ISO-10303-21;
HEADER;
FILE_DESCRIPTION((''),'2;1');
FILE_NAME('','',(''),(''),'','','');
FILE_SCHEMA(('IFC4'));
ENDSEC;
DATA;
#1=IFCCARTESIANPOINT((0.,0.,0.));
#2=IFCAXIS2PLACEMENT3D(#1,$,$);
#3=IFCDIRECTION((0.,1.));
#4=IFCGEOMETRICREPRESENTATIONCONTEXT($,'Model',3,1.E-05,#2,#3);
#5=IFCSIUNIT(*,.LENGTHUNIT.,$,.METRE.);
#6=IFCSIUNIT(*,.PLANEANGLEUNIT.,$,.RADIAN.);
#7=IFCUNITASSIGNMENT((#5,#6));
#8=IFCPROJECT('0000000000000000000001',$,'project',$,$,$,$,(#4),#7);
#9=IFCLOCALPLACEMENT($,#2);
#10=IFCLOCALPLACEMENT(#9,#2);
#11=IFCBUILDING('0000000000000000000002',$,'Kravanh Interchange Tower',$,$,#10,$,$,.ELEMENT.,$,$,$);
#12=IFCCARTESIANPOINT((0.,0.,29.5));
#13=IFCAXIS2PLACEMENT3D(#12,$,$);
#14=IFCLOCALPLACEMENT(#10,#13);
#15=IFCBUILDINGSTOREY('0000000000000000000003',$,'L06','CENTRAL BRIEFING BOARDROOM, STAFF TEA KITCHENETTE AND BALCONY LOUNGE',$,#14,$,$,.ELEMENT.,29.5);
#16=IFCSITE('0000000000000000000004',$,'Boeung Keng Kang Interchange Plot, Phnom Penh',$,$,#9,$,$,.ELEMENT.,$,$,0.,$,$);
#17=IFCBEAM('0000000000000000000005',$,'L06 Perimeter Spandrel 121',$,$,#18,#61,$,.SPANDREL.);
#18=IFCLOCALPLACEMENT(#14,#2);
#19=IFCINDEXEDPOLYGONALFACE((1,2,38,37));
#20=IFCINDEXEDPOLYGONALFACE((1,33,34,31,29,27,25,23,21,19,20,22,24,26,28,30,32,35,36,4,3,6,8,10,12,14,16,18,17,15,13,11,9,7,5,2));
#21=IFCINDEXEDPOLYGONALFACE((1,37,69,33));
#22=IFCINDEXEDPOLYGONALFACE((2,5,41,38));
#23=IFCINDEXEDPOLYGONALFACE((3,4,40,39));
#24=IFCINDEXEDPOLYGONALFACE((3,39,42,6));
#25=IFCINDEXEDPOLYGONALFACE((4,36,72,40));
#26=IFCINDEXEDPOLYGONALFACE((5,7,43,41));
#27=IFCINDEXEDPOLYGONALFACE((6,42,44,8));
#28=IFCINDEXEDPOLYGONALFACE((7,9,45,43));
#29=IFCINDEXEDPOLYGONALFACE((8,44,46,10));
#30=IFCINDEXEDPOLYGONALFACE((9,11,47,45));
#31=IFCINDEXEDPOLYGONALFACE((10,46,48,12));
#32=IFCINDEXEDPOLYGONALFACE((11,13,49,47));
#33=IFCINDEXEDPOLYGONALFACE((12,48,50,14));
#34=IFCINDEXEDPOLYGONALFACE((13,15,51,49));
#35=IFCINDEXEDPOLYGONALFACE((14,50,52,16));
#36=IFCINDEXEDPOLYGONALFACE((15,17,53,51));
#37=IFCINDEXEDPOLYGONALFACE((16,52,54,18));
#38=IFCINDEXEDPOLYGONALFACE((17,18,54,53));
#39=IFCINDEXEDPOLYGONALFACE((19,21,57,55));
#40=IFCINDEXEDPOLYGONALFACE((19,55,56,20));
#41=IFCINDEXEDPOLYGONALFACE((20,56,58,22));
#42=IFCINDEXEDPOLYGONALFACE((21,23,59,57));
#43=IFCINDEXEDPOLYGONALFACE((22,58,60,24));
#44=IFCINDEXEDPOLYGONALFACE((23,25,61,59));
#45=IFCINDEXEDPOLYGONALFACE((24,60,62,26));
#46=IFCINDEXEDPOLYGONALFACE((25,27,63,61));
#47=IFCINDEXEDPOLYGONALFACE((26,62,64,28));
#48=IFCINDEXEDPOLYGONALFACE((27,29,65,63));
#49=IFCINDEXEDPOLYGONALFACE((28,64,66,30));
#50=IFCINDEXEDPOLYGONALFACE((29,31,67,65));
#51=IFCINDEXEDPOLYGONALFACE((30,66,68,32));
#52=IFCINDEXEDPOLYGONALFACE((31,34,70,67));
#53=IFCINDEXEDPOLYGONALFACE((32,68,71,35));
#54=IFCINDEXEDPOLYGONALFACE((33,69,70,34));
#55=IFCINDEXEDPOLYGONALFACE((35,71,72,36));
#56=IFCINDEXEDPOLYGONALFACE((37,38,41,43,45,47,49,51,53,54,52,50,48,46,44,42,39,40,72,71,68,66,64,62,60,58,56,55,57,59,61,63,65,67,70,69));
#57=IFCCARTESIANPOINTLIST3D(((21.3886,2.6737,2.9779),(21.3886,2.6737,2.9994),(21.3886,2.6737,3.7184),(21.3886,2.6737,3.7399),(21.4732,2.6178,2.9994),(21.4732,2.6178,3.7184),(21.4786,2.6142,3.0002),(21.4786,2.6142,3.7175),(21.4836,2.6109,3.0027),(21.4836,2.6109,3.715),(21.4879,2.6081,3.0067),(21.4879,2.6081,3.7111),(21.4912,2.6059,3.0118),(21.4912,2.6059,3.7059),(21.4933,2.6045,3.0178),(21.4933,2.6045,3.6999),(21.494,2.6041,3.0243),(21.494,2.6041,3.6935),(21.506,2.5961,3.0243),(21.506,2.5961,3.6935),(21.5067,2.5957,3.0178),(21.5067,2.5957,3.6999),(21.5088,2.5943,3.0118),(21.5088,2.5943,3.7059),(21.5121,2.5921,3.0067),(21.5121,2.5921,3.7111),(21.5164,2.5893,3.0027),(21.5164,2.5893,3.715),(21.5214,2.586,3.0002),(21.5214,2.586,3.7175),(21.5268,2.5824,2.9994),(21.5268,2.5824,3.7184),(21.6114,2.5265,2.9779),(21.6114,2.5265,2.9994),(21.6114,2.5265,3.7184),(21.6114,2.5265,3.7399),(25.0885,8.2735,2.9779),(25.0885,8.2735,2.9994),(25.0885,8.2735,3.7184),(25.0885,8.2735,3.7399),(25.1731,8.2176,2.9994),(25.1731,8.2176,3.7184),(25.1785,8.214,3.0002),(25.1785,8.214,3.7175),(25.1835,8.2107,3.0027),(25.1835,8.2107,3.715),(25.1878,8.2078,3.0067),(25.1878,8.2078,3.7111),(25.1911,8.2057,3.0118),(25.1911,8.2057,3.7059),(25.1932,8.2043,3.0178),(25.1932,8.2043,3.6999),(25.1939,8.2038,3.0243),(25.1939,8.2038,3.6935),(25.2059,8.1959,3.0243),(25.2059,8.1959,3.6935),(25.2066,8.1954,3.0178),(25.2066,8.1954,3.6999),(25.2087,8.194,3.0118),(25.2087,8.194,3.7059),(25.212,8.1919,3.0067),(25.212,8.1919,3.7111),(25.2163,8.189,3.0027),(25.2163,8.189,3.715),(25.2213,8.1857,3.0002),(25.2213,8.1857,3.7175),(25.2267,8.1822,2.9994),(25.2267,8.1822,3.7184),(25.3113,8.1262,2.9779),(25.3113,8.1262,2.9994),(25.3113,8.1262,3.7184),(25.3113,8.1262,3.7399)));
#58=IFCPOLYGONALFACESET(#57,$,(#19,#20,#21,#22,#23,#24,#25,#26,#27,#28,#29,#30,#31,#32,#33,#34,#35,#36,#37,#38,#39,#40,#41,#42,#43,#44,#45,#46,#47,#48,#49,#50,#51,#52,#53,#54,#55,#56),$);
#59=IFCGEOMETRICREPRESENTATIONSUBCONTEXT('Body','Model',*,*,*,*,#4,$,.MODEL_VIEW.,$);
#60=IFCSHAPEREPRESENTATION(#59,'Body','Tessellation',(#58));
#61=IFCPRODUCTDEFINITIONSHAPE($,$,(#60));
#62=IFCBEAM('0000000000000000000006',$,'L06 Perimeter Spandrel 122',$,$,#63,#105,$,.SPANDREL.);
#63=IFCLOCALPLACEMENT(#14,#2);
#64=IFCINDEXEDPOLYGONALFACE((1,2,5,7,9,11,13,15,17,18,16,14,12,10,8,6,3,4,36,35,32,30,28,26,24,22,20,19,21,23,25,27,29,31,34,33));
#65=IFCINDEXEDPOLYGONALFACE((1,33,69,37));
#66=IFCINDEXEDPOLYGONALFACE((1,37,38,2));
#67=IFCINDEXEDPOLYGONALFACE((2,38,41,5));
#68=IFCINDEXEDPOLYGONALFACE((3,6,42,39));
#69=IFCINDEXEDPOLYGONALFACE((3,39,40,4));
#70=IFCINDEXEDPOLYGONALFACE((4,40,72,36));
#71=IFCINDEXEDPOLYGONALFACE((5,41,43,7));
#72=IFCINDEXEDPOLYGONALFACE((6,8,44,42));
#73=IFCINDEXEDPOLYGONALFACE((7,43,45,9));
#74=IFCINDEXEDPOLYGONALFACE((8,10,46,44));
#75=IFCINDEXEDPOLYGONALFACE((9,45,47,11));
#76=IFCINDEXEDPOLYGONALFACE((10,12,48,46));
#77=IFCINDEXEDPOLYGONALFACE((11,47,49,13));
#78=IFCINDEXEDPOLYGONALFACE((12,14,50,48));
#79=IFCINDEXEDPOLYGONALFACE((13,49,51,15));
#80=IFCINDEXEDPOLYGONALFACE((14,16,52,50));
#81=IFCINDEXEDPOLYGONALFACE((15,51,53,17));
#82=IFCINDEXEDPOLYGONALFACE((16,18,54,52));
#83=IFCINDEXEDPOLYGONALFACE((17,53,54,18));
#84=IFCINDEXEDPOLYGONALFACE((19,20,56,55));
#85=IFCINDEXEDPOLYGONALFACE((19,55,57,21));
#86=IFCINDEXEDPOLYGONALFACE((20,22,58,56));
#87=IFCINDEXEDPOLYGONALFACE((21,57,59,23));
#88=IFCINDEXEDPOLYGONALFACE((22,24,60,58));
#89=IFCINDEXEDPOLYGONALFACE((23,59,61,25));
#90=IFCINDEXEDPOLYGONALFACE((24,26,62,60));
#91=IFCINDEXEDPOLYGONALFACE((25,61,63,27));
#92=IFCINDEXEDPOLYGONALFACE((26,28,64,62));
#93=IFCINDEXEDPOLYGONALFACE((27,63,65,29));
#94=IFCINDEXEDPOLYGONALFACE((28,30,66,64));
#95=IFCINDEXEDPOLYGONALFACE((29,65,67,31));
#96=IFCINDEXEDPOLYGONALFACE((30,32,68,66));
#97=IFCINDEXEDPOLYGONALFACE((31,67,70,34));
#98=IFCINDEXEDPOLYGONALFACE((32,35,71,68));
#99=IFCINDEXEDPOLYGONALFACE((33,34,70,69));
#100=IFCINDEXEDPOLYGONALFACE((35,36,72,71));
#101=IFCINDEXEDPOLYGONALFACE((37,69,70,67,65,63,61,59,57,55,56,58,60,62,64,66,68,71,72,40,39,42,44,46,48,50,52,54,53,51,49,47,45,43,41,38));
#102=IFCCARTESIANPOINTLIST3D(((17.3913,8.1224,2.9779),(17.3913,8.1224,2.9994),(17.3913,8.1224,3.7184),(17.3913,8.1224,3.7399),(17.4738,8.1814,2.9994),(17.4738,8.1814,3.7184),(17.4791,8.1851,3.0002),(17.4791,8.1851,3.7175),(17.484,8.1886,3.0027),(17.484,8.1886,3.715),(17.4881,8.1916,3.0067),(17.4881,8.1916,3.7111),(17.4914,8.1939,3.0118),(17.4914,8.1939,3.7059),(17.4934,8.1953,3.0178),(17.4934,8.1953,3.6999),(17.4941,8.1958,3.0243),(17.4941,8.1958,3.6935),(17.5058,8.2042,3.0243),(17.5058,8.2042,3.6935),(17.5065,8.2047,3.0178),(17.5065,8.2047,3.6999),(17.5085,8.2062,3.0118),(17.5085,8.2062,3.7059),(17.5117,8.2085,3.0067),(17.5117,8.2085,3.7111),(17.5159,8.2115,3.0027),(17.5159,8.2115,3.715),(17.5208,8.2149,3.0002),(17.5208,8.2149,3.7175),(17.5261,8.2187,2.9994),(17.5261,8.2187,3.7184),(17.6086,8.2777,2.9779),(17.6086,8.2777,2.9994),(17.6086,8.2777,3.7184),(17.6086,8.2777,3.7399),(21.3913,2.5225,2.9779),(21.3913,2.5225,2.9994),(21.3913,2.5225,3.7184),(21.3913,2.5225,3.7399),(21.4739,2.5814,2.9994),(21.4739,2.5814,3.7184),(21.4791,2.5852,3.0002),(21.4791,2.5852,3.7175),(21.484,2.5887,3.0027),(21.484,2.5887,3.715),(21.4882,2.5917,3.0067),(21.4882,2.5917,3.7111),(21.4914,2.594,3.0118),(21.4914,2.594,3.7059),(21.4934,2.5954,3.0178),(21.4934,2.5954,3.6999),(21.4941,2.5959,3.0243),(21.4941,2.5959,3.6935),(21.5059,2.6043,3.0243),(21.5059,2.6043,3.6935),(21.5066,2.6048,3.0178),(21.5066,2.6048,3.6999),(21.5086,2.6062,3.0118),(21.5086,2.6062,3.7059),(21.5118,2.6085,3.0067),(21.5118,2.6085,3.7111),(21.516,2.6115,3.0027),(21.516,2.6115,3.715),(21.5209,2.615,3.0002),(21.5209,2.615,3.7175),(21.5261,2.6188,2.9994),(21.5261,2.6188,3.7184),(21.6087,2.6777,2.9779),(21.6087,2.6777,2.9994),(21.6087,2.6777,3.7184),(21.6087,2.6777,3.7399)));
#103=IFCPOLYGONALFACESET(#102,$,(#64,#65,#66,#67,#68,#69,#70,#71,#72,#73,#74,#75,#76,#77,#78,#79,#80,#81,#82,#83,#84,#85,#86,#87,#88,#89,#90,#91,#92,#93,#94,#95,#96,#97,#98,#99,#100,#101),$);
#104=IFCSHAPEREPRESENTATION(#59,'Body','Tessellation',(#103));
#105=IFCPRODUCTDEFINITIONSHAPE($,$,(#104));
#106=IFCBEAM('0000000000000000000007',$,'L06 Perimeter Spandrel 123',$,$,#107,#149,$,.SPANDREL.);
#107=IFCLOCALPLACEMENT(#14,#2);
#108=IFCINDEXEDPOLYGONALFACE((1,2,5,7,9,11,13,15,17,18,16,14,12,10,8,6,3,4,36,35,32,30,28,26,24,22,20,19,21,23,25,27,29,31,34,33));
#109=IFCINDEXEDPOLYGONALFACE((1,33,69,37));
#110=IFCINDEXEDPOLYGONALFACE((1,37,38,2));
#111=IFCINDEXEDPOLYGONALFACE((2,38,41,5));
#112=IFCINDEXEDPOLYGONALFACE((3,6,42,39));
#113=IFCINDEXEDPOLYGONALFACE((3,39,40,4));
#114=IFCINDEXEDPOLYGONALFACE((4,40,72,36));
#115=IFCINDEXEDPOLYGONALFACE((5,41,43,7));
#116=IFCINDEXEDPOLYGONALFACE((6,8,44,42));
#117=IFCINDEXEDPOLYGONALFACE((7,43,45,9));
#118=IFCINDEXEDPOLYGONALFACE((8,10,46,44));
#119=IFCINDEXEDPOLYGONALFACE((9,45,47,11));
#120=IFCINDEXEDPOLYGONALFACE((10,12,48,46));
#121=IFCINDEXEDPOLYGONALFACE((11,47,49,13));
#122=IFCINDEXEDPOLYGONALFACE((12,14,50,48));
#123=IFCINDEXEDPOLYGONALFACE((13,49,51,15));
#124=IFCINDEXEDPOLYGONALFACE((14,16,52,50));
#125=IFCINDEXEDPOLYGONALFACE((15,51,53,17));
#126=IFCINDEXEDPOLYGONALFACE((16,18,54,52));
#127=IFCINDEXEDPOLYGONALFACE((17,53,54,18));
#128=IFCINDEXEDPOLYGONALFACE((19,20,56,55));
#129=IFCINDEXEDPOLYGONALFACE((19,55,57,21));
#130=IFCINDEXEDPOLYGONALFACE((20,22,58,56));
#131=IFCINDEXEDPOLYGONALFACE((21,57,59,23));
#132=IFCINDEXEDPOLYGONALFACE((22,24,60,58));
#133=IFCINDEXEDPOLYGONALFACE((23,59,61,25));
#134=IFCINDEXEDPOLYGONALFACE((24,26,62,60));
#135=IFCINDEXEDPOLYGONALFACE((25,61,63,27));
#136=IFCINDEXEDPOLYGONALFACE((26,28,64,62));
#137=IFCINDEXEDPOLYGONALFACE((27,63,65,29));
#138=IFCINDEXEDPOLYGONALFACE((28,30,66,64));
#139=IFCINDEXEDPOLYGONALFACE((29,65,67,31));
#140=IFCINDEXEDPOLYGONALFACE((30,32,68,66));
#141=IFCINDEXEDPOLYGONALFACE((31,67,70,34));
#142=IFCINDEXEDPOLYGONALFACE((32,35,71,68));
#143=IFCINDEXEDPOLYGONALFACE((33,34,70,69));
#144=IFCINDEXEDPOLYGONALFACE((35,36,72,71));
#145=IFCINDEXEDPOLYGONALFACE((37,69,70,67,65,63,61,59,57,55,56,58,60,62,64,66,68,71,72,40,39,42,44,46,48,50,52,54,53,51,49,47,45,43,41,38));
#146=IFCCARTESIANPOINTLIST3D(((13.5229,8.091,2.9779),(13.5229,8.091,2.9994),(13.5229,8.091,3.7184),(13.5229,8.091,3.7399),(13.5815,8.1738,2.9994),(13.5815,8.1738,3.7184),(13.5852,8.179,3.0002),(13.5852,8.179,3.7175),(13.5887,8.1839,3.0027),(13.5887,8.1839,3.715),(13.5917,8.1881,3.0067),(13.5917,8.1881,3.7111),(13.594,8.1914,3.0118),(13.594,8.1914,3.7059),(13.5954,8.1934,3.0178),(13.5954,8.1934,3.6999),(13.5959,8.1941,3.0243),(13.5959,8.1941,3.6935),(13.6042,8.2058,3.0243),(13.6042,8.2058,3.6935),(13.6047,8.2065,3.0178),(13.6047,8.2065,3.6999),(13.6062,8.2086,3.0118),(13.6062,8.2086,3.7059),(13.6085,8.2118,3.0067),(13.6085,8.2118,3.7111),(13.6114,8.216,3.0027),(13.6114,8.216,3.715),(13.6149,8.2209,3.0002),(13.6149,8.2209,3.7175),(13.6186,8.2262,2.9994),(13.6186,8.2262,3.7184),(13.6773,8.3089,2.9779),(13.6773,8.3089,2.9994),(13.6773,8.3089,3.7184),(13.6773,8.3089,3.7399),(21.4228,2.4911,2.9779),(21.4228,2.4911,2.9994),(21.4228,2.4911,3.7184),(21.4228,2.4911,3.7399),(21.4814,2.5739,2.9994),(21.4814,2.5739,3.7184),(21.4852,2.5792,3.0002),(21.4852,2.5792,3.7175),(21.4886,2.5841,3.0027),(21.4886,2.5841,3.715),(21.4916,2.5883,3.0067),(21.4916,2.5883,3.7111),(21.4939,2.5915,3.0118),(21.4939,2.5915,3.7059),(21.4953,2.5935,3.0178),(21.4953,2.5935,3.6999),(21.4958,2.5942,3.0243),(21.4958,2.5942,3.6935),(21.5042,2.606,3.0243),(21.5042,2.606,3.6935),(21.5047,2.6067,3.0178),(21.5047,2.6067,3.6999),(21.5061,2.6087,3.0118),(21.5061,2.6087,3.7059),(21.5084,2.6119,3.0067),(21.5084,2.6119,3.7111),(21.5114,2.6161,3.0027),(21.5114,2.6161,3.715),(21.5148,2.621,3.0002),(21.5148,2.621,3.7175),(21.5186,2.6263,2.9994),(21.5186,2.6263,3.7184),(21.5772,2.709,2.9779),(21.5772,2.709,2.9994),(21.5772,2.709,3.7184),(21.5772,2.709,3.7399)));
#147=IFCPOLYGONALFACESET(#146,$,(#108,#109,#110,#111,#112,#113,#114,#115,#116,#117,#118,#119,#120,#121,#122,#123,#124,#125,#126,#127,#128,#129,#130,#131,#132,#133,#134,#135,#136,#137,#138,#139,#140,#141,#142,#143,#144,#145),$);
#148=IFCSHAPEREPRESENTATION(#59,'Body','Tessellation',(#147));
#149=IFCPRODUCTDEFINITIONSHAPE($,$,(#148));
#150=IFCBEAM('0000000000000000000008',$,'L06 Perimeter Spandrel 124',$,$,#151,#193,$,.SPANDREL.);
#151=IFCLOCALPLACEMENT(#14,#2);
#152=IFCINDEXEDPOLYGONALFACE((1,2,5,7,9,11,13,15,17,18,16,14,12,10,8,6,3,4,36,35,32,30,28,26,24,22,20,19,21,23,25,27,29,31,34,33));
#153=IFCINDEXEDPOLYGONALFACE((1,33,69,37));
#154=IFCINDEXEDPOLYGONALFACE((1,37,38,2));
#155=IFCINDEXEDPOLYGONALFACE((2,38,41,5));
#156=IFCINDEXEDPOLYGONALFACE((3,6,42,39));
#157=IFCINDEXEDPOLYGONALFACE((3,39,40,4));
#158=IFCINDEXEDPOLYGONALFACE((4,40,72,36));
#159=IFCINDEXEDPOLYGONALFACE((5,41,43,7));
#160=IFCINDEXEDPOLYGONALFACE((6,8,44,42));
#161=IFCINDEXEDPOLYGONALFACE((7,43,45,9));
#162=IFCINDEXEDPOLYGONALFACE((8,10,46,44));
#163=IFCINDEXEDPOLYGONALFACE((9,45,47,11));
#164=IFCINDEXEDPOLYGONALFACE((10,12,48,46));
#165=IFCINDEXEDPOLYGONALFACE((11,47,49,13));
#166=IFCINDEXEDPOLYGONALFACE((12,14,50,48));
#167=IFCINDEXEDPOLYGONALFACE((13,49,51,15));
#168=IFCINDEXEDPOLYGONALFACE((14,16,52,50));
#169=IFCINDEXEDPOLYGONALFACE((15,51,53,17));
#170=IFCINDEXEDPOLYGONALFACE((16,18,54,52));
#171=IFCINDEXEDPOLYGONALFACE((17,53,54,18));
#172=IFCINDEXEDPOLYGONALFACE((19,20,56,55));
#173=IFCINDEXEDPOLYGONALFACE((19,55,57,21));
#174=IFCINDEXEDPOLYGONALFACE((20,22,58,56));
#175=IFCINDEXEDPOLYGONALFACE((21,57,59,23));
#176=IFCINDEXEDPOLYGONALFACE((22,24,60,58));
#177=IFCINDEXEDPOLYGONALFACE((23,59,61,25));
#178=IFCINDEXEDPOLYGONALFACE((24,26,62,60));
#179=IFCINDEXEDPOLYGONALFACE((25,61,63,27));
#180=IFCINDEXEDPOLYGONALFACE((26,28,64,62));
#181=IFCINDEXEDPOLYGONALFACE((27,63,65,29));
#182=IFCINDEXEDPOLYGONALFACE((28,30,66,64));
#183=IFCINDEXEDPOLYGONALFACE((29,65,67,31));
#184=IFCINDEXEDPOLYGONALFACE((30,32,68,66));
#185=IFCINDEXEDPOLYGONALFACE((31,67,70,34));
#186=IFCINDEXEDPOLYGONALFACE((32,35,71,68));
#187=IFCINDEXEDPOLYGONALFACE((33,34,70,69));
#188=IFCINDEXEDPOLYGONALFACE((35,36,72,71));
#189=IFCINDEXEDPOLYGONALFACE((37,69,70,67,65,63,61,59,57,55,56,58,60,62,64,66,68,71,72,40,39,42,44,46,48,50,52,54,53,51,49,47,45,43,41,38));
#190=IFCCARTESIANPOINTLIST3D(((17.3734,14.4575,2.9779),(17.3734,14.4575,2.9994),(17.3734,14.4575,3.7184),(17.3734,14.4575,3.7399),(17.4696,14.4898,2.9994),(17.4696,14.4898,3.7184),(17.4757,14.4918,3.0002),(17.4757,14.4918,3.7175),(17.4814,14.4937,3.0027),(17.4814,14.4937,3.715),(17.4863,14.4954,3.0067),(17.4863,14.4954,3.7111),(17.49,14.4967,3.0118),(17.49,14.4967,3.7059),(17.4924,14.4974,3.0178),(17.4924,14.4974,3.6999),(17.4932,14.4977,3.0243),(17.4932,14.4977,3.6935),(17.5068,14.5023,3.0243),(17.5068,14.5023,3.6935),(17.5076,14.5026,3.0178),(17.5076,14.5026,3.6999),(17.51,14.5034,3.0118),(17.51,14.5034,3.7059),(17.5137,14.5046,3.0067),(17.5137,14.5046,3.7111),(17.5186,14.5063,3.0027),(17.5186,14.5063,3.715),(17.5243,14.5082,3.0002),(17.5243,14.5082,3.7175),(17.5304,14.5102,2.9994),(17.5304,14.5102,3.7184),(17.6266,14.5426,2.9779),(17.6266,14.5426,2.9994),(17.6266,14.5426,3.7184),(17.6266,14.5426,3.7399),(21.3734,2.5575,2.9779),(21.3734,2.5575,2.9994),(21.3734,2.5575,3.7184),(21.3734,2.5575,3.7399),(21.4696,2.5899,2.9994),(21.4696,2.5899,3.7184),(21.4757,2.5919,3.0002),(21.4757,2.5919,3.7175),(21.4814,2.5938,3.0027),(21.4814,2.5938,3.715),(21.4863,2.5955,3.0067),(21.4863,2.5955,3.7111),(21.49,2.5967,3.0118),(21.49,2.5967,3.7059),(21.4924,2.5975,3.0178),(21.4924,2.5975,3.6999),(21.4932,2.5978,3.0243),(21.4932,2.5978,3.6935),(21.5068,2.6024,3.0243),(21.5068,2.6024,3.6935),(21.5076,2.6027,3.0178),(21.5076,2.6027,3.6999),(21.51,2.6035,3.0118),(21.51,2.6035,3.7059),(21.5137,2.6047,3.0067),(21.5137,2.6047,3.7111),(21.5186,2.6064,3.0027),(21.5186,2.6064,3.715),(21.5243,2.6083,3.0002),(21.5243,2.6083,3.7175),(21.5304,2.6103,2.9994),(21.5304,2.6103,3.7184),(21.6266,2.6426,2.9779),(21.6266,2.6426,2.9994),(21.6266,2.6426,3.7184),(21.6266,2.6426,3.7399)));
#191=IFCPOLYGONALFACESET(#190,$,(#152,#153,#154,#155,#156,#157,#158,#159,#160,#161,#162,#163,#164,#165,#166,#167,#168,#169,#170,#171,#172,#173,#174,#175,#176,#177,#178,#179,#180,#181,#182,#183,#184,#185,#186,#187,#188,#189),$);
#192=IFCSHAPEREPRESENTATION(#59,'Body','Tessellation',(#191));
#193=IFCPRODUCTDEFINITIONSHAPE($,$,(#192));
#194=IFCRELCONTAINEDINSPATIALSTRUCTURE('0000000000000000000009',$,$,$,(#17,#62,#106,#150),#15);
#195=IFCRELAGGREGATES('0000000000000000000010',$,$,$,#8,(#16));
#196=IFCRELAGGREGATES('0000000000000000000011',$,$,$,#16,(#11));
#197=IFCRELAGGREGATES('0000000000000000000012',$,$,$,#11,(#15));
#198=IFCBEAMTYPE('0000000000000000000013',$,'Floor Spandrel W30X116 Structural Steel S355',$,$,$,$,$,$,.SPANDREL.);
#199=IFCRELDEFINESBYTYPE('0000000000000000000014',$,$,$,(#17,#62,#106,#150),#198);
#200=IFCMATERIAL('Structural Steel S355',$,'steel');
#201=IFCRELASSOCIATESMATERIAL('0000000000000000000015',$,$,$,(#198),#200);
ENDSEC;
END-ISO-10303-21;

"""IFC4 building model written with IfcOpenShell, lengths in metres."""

from ifc_helpers import new_model, si_unit, direction, frame, origin, origin_2d, place, context, subcontext, project, spatial, i_section, extrude, material, material_profile, profile_set, type_object, element, save


model = new_model("IFC4")

# Units and contexts
model_context = context("Model", 3, precision=1e-05, world=origin(), true_north=direction((0.0, 1.0)))
body_context = subcontext(model_context, "Body", "Model", "MODEL_VIEW")
ifc_project = project(units=[si_unit("LENGTHUNIT", "METRE"), si_unit("PLANEANGLEUNIT", "RADIAN")], contexts=[model_context])

# Site, building, storey
site_placement = place(None, origin())
site = spatial("IfcSite", under=ifc_project, at=site_placement, Name="Boeung Keng Kang Interchange Plot, Phnom Penh", CompositionType="ELEMENT", RefElevation=0.0)
building_placement = place(site_placement, origin())
building = spatial("IfcBuilding", under=site, at=building_placement, Name="Kravanh Interchange Tower", CompositionType="ELEMENT")
storey_placement = place(building_placement, frame((0.0, 0.0, 29.5)))
storey = spatial("IfcBuildingStorey", under=building, at=storey_placement, Name="L06", Description="CENTRAL BRIEFING BOARDROOM, STAFF TEA KITCHENETTE AND BALCONY LOUNGE", CompositionType="ELEMENT", Elevation=29.5)

# Beams
ifc_material_1 = material(Name="Structural Steel S355", Category="steel")
ifc_material_profile_1 = material_profile(ifc_material_1, i_section(OverallWidth=0.2671, OverallDepth=0.762, WebThickness=0.0144, FlangeThickness=0.0215, FilletRadius=0.0249, at=origin_2d()), Name="W30X116")
ifc_profile_set_1 = profile_set([ifc_material_profile_1], Name="Structural Steel S355")
beam_type_1 = type_object("IfcBeamType", Name="Floor Spandrel W30X116 Structural Steel S355", PredefinedType="SPANDREL", material=ifc_profile_set_1)
beam_1_placement = place(storey_placement, frame((21.5, 2.6001, 3.3589), z_axis=(0.551262, 0.834332, 0.0), x_axis=(-0.834332, 0.551262, 0.0)))
element("IfcBeam", 1, at=beam_1_placement, inside=storey, type_object=beam_type_1, Name="L06 Perimeter Spandrel 121", PredefinedType="SPANDREL", context=body_context, shape_type="SweptSolid", body=[
    extrude(i_section(OverallWidth=0.2671, OverallDepth=0.762, WebThickness=0.0144, FlangeThickness=0.0215, FilletRadius=0.0249, at=origin_2d()), origin(), (0.0, 0.0, 1.0), 6.7117),
])
beam_2_placement = place(storey_placement, frame((21.5, 2.6001, 3.3589), z_axis=(-0.581248, 0.813726, 0.0), x_axis=(-0.813726, -0.581248, 0.0)))
element("IfcBeam", 2, at=beam_2_placement, inside=storey, type_object=beam_type_1, Name="L06 Perimeter Spandrel 122", PredefinedType="SPANDREL", context=body_context, shape_type="SweptSolid", body=[
    extrude(i_section(OverallWidth=0.2671, OverallDepth=0.762, WebThickness=0.0144, FlangeThickness=0.0215, FilletRadius=0.0249, at=origin_2d()), origin(), (0.0, 0.0, 1.0), 6.8818),
])
beam_3_placement = place(storey_placement, frame((21.5, 2.6001, 3.3589), z_axis=(-0.815825, 0.578299, 0.0), x_axis=(-0.578299, -0.815825, 0.0)))
element("IfcBeam", 3, at=beam_3_placement, inside=storey, type_object=beam_type_1, Name="L06 Perimeter Spandrel 123", PredefinedType="SPANDREL", context=body_context, shape_type="SweptSolid", body=[
    extrude(i_section(OverallWidth=0.2671, OverallDepth=0.762, WebThickness=0.0144, FlangeThickness=0.0215, FilletRadius=0.0249, at=origin_2d()), origin(), (0.0, 0.0, 1.0), 9.6833),
])
beam_4_placement = place(storey_placement, frame((21.5, 2.6001, 3.3589), z_axis=(-0.318619, 0.947883, 0.0), x_axis=(-0.947883, -0.318619, 0.0)))
element("IfcBeam", 4, at=beam_4_placement, inside=storey, type_object=beam_type_1, Name="L06 Perimeter Spandrel 124", PredefinedType="SPANDREL", context=body_context, shape_type="SweptSolid", body=[
    extrude(i_section(OverallWidth=0.2671, OverallDepth=0.762, WebThickness=0.0144, FlangeThickness=0.0215, FilletRadius=0.0249, at=origin_2d()), origin(), (0.0, 0.0, 1.0), 12.5542),
])

save(model, "model.ifc")
